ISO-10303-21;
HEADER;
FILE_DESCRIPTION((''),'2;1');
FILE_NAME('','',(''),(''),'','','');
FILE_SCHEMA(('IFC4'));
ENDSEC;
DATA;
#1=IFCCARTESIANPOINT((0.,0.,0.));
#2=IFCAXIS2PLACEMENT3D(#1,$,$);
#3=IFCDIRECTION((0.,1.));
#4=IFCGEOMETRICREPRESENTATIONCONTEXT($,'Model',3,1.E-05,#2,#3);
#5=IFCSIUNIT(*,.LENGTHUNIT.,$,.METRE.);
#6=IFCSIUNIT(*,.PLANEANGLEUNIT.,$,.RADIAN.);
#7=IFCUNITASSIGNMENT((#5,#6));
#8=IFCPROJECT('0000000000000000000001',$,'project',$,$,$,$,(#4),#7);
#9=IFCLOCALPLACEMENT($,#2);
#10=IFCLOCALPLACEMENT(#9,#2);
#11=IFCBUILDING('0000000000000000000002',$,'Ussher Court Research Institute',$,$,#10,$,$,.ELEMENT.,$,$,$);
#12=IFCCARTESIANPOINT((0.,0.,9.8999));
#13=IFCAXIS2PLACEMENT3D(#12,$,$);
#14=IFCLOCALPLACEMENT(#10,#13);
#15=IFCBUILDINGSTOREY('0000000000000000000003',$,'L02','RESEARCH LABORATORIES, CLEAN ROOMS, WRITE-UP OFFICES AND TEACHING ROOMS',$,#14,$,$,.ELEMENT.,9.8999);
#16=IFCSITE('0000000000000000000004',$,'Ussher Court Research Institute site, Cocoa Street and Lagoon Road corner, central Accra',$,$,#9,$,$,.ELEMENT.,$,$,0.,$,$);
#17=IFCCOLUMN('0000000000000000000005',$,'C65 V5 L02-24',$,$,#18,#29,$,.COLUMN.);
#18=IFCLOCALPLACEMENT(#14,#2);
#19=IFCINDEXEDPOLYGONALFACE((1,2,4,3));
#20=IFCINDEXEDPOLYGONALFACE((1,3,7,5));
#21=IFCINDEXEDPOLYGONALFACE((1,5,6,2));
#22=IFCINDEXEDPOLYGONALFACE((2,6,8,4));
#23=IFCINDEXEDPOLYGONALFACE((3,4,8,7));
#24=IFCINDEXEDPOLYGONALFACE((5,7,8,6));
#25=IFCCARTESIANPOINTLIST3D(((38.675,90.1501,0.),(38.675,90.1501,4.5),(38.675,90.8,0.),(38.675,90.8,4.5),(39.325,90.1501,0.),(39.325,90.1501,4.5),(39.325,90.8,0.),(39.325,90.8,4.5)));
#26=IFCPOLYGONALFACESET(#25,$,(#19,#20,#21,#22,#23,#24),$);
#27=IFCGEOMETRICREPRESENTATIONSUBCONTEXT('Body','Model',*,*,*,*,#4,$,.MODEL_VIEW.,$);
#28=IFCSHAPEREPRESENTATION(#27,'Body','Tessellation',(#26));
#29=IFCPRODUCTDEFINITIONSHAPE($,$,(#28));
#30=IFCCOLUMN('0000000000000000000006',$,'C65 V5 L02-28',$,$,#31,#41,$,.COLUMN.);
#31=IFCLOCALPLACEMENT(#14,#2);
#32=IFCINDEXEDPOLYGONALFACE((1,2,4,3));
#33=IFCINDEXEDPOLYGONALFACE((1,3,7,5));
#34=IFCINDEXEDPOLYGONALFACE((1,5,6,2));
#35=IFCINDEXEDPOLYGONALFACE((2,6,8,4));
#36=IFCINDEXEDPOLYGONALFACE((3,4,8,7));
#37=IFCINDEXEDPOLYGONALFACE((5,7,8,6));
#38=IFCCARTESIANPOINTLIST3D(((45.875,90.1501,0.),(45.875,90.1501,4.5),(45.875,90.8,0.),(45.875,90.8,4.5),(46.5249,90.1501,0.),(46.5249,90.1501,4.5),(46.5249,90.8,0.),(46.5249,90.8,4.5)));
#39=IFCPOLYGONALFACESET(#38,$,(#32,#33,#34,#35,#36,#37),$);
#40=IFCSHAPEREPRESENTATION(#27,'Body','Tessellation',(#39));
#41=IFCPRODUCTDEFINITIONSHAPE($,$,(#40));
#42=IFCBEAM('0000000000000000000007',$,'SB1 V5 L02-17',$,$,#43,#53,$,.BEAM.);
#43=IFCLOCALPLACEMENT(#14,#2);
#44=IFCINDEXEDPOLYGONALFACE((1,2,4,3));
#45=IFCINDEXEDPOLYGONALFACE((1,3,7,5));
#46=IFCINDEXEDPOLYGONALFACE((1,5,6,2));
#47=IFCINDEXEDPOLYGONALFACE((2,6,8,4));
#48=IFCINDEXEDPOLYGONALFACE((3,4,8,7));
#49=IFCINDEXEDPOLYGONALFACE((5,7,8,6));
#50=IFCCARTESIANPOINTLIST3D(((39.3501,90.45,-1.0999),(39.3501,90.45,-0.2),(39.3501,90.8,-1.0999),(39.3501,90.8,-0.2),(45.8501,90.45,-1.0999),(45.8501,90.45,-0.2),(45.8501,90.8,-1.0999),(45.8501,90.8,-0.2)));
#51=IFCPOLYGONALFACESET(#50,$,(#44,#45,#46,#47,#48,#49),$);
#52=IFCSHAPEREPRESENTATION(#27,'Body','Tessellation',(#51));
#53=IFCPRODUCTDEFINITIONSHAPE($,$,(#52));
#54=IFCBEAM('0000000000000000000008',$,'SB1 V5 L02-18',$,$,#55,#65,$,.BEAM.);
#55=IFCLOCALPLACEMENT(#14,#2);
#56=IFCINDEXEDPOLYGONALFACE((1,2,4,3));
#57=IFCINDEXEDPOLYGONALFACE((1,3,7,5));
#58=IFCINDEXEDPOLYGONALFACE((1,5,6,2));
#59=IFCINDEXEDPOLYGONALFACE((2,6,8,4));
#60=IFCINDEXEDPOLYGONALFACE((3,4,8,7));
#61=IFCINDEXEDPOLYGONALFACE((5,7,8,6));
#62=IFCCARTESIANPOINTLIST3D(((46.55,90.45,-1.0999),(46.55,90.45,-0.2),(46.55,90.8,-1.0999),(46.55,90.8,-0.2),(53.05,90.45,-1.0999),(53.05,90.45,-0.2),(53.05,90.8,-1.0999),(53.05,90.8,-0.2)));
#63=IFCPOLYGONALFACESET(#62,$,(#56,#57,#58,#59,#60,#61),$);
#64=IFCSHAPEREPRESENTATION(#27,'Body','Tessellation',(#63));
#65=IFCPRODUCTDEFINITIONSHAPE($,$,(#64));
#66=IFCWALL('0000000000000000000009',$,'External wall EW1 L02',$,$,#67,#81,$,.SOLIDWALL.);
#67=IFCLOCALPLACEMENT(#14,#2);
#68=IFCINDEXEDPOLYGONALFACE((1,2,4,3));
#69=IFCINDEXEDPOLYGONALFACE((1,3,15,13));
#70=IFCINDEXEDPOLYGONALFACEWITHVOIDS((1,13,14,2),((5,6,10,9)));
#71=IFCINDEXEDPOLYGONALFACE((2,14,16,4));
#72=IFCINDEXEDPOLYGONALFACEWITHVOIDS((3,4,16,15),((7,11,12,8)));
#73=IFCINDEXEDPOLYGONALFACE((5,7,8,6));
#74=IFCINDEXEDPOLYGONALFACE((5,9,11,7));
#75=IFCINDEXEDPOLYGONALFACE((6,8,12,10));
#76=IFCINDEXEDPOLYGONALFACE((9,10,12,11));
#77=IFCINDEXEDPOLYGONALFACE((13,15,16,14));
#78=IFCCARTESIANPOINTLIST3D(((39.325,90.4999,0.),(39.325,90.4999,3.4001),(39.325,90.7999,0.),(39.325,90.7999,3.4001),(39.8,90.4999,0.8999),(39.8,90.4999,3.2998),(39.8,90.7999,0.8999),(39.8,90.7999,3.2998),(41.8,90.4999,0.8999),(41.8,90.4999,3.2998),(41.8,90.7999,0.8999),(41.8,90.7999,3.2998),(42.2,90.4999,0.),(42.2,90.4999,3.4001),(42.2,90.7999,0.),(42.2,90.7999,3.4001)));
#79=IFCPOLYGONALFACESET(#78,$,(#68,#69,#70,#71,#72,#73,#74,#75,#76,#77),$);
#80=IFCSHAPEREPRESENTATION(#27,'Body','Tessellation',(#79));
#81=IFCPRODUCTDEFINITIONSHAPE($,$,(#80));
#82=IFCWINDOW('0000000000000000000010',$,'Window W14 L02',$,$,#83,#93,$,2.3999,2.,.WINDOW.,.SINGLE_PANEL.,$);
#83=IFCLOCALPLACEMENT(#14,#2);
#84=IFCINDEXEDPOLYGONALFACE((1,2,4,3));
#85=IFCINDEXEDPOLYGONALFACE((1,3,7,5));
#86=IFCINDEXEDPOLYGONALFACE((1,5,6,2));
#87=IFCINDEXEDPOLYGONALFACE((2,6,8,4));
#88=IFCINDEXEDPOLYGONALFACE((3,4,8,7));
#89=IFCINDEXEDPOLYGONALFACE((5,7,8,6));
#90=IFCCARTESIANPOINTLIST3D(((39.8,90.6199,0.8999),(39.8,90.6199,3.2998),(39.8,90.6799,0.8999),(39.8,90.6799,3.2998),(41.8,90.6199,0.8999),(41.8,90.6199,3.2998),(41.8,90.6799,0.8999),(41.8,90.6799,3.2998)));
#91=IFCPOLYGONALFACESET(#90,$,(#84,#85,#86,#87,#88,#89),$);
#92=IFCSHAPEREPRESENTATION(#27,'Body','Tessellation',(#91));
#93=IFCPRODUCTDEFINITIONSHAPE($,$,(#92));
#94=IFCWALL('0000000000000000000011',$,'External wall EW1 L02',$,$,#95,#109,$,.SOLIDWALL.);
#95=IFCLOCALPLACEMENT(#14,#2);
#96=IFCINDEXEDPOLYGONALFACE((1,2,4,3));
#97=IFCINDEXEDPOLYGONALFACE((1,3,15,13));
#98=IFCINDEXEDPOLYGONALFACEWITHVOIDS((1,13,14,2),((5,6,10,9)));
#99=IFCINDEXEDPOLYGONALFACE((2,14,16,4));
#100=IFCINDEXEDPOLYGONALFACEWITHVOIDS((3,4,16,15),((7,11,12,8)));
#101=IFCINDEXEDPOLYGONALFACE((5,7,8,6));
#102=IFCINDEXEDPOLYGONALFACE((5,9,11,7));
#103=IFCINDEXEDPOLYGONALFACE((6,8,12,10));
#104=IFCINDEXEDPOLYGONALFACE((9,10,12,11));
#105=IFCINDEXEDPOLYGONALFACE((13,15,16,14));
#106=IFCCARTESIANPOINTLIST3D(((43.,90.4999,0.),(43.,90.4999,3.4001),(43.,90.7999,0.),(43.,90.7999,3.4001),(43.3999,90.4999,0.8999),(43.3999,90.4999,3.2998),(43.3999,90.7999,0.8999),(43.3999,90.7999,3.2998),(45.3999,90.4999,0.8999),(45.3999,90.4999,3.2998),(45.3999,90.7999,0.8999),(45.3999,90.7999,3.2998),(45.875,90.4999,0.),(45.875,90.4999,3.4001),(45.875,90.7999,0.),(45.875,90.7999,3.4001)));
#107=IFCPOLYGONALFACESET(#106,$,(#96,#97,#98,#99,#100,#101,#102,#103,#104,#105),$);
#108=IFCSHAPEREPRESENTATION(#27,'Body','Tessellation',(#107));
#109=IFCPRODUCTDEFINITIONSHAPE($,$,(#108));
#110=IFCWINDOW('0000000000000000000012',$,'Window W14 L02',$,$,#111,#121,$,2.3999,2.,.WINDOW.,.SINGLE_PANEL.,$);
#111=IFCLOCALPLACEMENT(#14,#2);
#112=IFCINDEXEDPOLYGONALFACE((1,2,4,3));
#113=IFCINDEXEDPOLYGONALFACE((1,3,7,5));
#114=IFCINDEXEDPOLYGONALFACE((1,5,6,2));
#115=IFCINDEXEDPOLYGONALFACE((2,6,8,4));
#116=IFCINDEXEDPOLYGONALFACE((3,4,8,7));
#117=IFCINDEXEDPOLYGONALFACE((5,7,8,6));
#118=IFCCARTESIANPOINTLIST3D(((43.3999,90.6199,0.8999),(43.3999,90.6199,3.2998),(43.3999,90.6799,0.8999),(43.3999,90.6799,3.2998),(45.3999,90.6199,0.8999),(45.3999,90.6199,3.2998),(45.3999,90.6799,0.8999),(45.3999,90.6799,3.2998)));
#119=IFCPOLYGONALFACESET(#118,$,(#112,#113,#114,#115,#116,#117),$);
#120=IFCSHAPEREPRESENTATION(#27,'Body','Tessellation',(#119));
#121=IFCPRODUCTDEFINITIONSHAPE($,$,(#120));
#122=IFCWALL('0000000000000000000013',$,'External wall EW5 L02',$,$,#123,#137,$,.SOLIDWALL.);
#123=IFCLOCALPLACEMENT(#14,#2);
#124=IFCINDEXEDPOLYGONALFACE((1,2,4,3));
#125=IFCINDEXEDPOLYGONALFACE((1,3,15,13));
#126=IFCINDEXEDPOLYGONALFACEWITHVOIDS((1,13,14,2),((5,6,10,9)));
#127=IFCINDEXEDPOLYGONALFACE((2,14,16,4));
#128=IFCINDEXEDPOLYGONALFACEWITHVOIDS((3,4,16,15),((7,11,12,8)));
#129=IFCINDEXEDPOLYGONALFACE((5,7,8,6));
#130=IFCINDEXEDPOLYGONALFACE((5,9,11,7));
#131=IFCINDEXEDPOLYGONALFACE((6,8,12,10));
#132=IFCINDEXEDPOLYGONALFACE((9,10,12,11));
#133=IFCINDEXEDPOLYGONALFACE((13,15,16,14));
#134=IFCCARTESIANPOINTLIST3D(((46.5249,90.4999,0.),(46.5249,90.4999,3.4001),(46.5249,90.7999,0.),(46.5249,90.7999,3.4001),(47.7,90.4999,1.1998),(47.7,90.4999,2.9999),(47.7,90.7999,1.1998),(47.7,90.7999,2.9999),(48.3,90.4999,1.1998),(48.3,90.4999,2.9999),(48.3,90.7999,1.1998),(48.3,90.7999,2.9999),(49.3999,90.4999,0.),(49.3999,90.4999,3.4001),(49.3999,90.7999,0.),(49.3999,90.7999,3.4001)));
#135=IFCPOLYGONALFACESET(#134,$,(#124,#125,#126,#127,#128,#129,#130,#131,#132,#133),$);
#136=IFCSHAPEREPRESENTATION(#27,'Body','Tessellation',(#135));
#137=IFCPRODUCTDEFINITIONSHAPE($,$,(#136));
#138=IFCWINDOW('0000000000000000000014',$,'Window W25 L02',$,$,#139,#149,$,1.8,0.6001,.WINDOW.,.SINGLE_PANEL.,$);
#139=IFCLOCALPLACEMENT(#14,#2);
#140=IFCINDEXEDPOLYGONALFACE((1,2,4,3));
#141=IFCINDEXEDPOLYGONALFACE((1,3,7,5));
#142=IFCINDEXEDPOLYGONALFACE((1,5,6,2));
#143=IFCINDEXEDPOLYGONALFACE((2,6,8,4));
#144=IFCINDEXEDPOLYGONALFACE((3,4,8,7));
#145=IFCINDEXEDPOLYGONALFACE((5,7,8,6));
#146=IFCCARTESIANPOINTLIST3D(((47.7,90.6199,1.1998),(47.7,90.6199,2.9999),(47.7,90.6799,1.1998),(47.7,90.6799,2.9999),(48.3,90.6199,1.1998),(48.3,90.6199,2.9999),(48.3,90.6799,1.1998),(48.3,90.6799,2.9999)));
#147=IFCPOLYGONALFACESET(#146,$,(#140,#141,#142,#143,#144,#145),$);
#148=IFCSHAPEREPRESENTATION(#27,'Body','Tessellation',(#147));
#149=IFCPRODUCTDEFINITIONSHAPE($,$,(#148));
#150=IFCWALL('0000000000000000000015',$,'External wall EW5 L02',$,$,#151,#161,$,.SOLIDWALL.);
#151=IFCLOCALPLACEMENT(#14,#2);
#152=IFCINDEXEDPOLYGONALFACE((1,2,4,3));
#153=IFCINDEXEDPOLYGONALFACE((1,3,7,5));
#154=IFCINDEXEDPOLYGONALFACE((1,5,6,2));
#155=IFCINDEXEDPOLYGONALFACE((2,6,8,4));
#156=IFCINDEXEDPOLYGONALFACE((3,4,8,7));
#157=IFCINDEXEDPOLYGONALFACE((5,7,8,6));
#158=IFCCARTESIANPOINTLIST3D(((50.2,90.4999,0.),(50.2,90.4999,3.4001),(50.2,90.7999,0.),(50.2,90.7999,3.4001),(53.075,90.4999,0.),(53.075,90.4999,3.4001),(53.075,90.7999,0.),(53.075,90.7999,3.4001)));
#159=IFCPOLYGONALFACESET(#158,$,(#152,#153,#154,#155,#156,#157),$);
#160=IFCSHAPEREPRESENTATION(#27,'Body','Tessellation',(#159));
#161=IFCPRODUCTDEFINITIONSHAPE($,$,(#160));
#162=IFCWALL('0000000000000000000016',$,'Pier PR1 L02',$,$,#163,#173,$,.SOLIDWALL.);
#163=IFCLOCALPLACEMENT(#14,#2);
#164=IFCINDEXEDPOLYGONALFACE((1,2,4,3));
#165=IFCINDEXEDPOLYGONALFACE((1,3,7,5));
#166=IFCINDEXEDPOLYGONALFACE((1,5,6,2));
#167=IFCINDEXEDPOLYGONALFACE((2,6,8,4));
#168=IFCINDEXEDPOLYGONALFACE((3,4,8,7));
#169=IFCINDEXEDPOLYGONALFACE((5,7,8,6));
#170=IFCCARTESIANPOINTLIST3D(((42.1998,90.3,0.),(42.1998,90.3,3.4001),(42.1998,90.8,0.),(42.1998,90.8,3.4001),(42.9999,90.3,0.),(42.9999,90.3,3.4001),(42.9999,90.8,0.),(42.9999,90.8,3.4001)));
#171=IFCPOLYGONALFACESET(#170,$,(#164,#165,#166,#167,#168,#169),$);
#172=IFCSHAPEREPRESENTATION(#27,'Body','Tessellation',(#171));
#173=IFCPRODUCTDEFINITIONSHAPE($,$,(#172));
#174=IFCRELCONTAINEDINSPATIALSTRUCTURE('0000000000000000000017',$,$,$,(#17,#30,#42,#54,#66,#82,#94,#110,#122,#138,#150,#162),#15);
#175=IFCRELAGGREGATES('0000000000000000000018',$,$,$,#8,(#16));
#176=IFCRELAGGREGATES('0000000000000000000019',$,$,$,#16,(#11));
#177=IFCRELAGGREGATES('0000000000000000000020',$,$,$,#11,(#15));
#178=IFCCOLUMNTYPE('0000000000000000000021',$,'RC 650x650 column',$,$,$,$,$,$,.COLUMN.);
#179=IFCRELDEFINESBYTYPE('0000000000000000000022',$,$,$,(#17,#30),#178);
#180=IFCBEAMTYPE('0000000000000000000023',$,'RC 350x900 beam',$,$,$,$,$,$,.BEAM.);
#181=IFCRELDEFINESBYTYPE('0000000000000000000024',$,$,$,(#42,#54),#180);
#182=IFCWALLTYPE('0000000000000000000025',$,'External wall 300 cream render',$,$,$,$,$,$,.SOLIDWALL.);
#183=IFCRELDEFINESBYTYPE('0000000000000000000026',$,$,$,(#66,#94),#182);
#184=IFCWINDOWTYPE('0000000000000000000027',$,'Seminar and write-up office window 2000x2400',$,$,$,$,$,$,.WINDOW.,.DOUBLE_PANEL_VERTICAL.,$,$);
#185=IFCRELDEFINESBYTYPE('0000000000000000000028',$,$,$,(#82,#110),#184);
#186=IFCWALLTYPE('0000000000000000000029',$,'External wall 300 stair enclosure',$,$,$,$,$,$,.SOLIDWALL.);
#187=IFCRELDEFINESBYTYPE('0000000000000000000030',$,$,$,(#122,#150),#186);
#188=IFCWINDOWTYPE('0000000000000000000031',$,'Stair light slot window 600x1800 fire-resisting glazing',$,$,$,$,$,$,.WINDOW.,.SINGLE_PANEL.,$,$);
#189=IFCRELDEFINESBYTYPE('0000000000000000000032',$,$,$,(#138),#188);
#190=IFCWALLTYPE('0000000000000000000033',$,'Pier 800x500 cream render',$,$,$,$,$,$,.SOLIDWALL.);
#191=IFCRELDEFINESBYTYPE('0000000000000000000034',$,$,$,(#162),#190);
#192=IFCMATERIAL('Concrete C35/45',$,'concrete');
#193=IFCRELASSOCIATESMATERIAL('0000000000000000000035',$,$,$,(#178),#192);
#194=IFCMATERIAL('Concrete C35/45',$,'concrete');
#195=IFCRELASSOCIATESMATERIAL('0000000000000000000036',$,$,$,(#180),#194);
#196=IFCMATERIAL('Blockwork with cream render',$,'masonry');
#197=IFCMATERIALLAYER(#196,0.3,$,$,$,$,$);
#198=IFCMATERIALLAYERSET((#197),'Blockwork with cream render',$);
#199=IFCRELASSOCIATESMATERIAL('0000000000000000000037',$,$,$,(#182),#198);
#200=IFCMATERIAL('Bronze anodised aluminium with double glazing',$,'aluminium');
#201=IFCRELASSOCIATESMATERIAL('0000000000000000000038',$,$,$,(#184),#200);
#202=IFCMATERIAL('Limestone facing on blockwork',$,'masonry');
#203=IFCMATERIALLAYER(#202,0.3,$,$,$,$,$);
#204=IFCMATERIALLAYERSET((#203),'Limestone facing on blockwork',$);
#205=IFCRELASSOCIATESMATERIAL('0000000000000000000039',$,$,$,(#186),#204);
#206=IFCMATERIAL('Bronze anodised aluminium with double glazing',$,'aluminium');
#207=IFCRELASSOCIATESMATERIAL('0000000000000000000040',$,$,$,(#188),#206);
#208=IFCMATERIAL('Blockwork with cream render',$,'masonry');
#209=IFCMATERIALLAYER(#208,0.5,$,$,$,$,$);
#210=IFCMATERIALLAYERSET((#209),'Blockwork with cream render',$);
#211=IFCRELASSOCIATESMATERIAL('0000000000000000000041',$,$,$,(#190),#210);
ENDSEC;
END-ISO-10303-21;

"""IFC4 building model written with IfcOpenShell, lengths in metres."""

from ifc_helpers import new_model, si_unit, direction, frame, frame_2d, origin, origin_2d, place, context, subcontext, project, spatial, rectangle, extrude, material, layer, layer_set, material_profile, profile_set, type_object, element, fill, save


model = new_model("IFC4")

# Units and contexts
model_context = context("Model", 3, precision=1e-05, world=origin(), true_north=direction((0.0, 1.0)))
body_context = subcontext(model_context, "Body", "Model", "MODEL_VIEW")
ifc_project = project(units=[si_unit("LENGTHUNIT", "METRE"), si_unit("PLANEANGLEUNIT", "RADIAN")], contexts=[model_context])

# Site, building, storey
site_placement = place(None, origin())
site = spatial("IfcSite", under=ifc_project, at=site_placement, Name="Ussher Court Research Institute site, Cocoa Street and Lagoon Road corner, central Accra", CompositionType="ELEMENT", RefElevation=0.0)
building_placement = place(site_placement, origin())
building = spatial("IfcBuilding", under=site, at=building_placement, Name="Ussher Court Research Institute", CompositionType="ELEMENT")
storey_placement = place(building_placement, frame((0.0, 0.0, 9.8999)))
storey = spatial("IfcBuildingStorey", under=building, at=storey_placement, Name="L02", Description="RESEARCH LABORATORIES, CLEAN ROOMS, WRITE-UP OFFICES AND TEACHING ROOMS", CompositionType="ELEMENT", Elevation=9.8999)

# Columns
ifc_material_1 = material(Name="Concrete C35/45", Category="concrete")
ifc_material_profile_1 = material_profile(ifc_material_1, rectangle(XDim=0.6499, YDim=0.6499, at=origin_2d()), Name="RC 650x650")
ifc_profile_set_1 = profile_set([ifc_material_profile_1], Name="Concrete C35/45")
column_type = type_object("IfcColumnType", Name="RC 650x650 column", PredefinedType="COLUMN", material=ifc_profile_set_1)
for number, where, z_axis, x_axis, name in (
    (1, (39.0, 90.4751, 0.0), (0.0, 0.0, 1.0), (1.0, 0.0, 0.0), "C65 V5 L02-24"),
    (2, (46.2, 90.4751, 0.0), (0.0, 0.0, 1.0), (1.0, 0.0, 0.0), "C65 V5 L02-28"),
):
    element("IfcColumn", number, at=place(storey_placement, frame(where, z_axis=z_axis, x_axis=x_axis)), inside=storey, type_object=column_type, Name=name, PredefinedType="COLUMN", context=body_context, shape_type="SweptSolid", body=[
        extrude(rectangle(XDim=0.6499, YDim=0.6499, at=origin_2d()), origin(), (0.0, 0.0, 1.0), 4.5),
    ])

# Beams
ifc_material_2 = material(Name="Concrete C35/45", Category="concrete")
ifc_material_profile_2 = material_profile(ifc_material_2, rectangle(XDim=0.3501, YDim=0.8999, at=origin_2d()), Name="RC 350x900")
ifc_profile_set_2 = profile_set([ifc_material_profile_2], Name="Concrete C35/45")
beam_type = type_object("IfcBeamType", Name="RC 350x900 beam", PredefinedType="BEAM", material=ifc_profile_set_2)
for number, where, z_axis, x_axis, name in (
    (3, (39.3501, 90.625, -0.6499), (1.0, 0.0, 0.0), (0.0, 1.0, 0.0), "SB1 V5 L02-17"),
    (4, (46.55, 90.625, -0.6499), (1.0, 0.0, 0.0), (0.0, 1.0, 0.0), "SB1 V5 L02-18"),
):
    element("IfcBeam", number, at=place(storey_placement, frame(where, z_axis=z_axis, x_axis=x_axis)), inside=storey, type_object=beam_type, Name=name, PredefinedType="BEAM", context=body_context, shape_type="SweptSolid", body=[
        extrude(rectangle(XDim=0.3501, YDim=0.8999, at=origin_2d()), origin(), (0.0, 0.0, 1.0), 6.5),
    ])

# Walls, openings, windows
ifc_material_3 = material(Name="Blockwork with cream render", Category="masonry")
ifc_layer_1 = layer(ifc_material_3, 0.3)
ifc_layer_set_1 = layer_set([ifc_layer_1], Name="Blockwork with cream render")
wall_type_1 = type_object("IfcWallType", Name="External wall 300 cream render", PredefinedType="SOLIDWALL", material=ifc_layer_set_1)
wall_1_placement = place(storey_placement, frame((39.325, 90.6499, 0.0), z_axis=(0.0, 0.0, 1.0), x_axis=(1.0, 0.0, 0.0)))
wall_1 = element("IfcWall", 5, at=wall_1_placement, inside=storey, type_object=wall_type_1, Name="External wall EW1 L02", PredefinedType="SOLIDWALL", context=body_context, shape_type="SweptSolid", body=[
    extrude(rectangle(XDim=2.875, YDim=0.3, at=frame_2d((1.4375, 0.0))), origin(), (0.0, 0.0, 1.0), 3.4001),
])
opening_1_placement = place(wall_1_placement, frame((0.4751, 0.0, 0.8999)))
opening_1 = element("IfcOpeningElement", 6, at=opening_1_placement, cuts=wall_1, PredefinedType="OPENING", context=body_context, shape_type="SweptSolid", body=[
    extrude(rectangle(XDim=2.0, YDim=2.3999, at=frame_2d((1.0, 1.2))), frame((0.0, 0.1602, 0.0), z_axis=(0.0, -1.0, 0.0), x_axis=(1.0, 0.0, 0.0)), (0.0, 0.0, 1.0), 0.3201),
])
ifc_material_4 = material(Name="Bronze anodised aluminium with double glazing", Category="aluminium")
window_type_1 = type_object("IfcWindowType", Name="Seminar and write-up office window 2000x2400", PartitioningType="DOUBLE_PANEL_VERTICAL", PredefinedType="WINDOW", material=ifc_material_4)
window_1_placement = place(opening_1_placement, origin())
window_1 = element("IfcWindow", 7, at=window_1_placement, inside=storey, type_object=window_type_1, Name="Window W14 L02", OverallHeight=2.3999, OverallWidth=2.0, PartitioningType="SINGLE_PANEL", PredefinedType="WINDOW", context=body_context, shape_type="SweptSolid", body=[
    extrude(rectangle(XDim=2.0, YDim=2.3999, at=frame_2d((1.0, 1.2))), frame((0.0, 0.03, 0.0), z_axis=(0.0, -1.0, 0.0), x_axis=(1.0, 0.0, 0.0)), (0.0, 0.0, 1.0), 0.0601),
])
fill(opening_1, window_1)
wall_2_placement = place(storey_placement, frame((43.0, 90.6499, 0.0), z_axis=(0.0, 0.0, 1.0), x_axis=(1.0, 0.0, 0.0)))
wall_2 = element("IfcWall", 8, at=wall_2_placement, inside=storey, type_object=wall_type_1, Name="External wall EW1 L02", PredefinedType="SOLIDWALL", context=body_context, shape_type="SweptSolid", body=[
    extrude(rectangle(XDim=2.875, YDim=0.3, at=frame_2d((1.4375, 0.0))), origin(), (0.0, 0.0, 1.0), 3.4001),
])
opening_2_placement = place(wall_2_placement, frame((0.3999, 0.0, 0.8999)))
opening_2 = element("IfcOpeningElement", 9, at=opening_2_placement, cuts=wall_2, PredefinedType="OPENING", context=body_context, shape_type="SweptSolid", body=[
    extrude(rectangle(XDim=2.0, YDim=2.3999, at=frame_2d((1.0, 1.2))), frame((0.0, 0.1602, 0.0), z_axis=(0.0, -1.0, 0.0), x_axis=(1.0, 0.0, 0.0)), (0.0, 0.0, 1.0), 0.3201),
])
window_2_placement = place(opening_2_placement, origin())
window_2 = element("IfcWindow", 10, at=window_2_placement, inside=storey, type_object=window_type_1, Name="Window W14 L02", OverallHeight=2.3999, OverallWidth=2.0, PartitioningType="SINGLE_PANEL", PredefinedType="WINDOW", context=body_context, shape_type="SweptSolid", body=[
    extrude(rectangle(XDim=2.0, YDim=2.3999, at=frame_2d((1.0, 1.2))), frame((0.0, 0.03, 0.0), z_axis=(0.0, -1.0, 0.0), x_axis=(1.0, 0.0, 0.0)), (0.0, 0.0, 1.0), 0.0601),
])
fill(opening_2, window_2)
ifc_material_5 = material(Name="Limestone facing on blockwork", Category="masonry")
ifc_layer_2 = layer(ifc_material_5, 0.3)
ifc_layer_set_2 = layer_set([ifc_layer_2], Name="Limestone facing on blockwork")
wall_type_2 = type_object("IfcWallType", Name="External wall 300 stair enclosure", PredefinedType="SOLIDWALL", material=ifc_layer_set_2)
wall_3_placement = place(storey_placement, frame((46.5249, 90.6499, 0.0), z_axis=(0.0, 0.0, 1.0), x_axis=(1.0, 0.0, 0.0)))
wall_3 = element("IfcWall", 11, at=wall_3_placement, inside=storey, type_object=wall_type_2, Name="External wall EW5 L02", PredefinedType="SOLIDWALL", context=body_context, shape_type="SweptSolid", body=[
    extrude(rectangle(XDim=2.875, YDim=0.3, at=frame_2d((1.4375, 0.0))), origin(), (0.0, 0.0, 1.0), 3.4001),
])
opening_3_placement = place(wall_3_placement, frame((1.175, 0.0, 1.2)))
opening_3 = element("IfcOpeningElement", 12, at=opening_3_placement, cuts=wall_3, PredefinedType="OPENING", context=body_context, shape_type="SweptSolid", body=[
    extrude(rectangle(XDim=0.6001, YDim=1.8, at=frame_2d((0.3, 0.8999))), frame((0.0, 0.1602, 0.0), z_axis=(0.0, -1.0, 0.0), x_axis=(1.0, 0.0, 0.0)), (0.0, 0.0, 1.0), 0.3201),
])
ifc_material_6 = material(Name="Bronze anodised aluminium with double glazing", Category="aluminium")
window_type_2 = type_object("IfcWindowType", Name="Stair light slot window 600x1800 fire-resisting glazing", PartitioningType="SINGLE_PANEL", PredefinedType="WINDOW", material=ifc_material_6)
window_3_placement = place(opening_3_placement, origin())
window_3 = element("IfcWindow", 13, at=window_3_placement, inside=storey, type_object=window_type_2, Name="Window W25 L02", OverallHeight=1.8, OverallWidth=0.6001, PartitioningType="SINGLE_PANEL", PredefinedType="WINDOW", context=body_context, shape_type="SweptSolid", body=[
    extrude(rectangle(XDim=0.6001, YDim=1.8, at=frame_2d((0.3, 0.8999))), frame((0.0, 0.03, 0.0), z_axis=(0.0, -1.0, 0.0), x_axis=(1.0, 0.0, 0.0)), (0.0, 0.0, 1.0), 0.0601),
])
fill(opening_3, window_3)

# Walls
wall_4_placement = place(storey_placement, frame((50.2, 90.6499, 0.0), z_axis=(0.0, 0.0, 1.0), x_axis=(1.0, 0.0, 0.0)))
element("IfcWall", 14, at=wall_4_placement, inside=storey, type_object=wall_type_2, Name="External wall EW5 L02", PredefinedType="SOLIDWALL", context=body_context, shape_type="SweptSolid", body=[
    extrude(rectangle(XDim=2.875, YDim=0.3, at=frame_2d((1.4375, 0.0))), origin(), (0.0, 0.0, 1.0), 3.4001),
])
ifc_material_7 = material(Name="Blockwork with cream render", Category="masonry")
ifc_layer_3 = layer(ifc_material_7, 0.5)
ifc_layer_set_3 = layer_set([ifc_layer_3], Name="Blockwork with cream render")
wall_type_3 = type_object("IfcWallType", Name="Pier 800x500 cream render", PredefinedType="SOLIDWALL", material=ifc_layer_set_3)
for number, where, z_axis, x_axis, name in (
    (15, (42.2, 90.55, 0.0), (0.0, 0.0, 1.0), (1.0, 0.0, 0.0), "Pier PR1 L02"),
):
    element("IfcWall", number, at=place(storey_placement, frame(where, z_axis=z_axis, x_axis=x_axis)), inside=storey, type_object=wall_type_3, Name=name, PredefinedType="SOLIDWALL", context=body_context, shape_type="SweptSolid", body=[
        extrude(rectangle(XDim=0.8, YDim=0.5, at=frame_2d((0.3999, 0.0))), origin(), (0.0, 0.0, 1.0), 3.4001),
    ])

save(model, "model.ifc")
